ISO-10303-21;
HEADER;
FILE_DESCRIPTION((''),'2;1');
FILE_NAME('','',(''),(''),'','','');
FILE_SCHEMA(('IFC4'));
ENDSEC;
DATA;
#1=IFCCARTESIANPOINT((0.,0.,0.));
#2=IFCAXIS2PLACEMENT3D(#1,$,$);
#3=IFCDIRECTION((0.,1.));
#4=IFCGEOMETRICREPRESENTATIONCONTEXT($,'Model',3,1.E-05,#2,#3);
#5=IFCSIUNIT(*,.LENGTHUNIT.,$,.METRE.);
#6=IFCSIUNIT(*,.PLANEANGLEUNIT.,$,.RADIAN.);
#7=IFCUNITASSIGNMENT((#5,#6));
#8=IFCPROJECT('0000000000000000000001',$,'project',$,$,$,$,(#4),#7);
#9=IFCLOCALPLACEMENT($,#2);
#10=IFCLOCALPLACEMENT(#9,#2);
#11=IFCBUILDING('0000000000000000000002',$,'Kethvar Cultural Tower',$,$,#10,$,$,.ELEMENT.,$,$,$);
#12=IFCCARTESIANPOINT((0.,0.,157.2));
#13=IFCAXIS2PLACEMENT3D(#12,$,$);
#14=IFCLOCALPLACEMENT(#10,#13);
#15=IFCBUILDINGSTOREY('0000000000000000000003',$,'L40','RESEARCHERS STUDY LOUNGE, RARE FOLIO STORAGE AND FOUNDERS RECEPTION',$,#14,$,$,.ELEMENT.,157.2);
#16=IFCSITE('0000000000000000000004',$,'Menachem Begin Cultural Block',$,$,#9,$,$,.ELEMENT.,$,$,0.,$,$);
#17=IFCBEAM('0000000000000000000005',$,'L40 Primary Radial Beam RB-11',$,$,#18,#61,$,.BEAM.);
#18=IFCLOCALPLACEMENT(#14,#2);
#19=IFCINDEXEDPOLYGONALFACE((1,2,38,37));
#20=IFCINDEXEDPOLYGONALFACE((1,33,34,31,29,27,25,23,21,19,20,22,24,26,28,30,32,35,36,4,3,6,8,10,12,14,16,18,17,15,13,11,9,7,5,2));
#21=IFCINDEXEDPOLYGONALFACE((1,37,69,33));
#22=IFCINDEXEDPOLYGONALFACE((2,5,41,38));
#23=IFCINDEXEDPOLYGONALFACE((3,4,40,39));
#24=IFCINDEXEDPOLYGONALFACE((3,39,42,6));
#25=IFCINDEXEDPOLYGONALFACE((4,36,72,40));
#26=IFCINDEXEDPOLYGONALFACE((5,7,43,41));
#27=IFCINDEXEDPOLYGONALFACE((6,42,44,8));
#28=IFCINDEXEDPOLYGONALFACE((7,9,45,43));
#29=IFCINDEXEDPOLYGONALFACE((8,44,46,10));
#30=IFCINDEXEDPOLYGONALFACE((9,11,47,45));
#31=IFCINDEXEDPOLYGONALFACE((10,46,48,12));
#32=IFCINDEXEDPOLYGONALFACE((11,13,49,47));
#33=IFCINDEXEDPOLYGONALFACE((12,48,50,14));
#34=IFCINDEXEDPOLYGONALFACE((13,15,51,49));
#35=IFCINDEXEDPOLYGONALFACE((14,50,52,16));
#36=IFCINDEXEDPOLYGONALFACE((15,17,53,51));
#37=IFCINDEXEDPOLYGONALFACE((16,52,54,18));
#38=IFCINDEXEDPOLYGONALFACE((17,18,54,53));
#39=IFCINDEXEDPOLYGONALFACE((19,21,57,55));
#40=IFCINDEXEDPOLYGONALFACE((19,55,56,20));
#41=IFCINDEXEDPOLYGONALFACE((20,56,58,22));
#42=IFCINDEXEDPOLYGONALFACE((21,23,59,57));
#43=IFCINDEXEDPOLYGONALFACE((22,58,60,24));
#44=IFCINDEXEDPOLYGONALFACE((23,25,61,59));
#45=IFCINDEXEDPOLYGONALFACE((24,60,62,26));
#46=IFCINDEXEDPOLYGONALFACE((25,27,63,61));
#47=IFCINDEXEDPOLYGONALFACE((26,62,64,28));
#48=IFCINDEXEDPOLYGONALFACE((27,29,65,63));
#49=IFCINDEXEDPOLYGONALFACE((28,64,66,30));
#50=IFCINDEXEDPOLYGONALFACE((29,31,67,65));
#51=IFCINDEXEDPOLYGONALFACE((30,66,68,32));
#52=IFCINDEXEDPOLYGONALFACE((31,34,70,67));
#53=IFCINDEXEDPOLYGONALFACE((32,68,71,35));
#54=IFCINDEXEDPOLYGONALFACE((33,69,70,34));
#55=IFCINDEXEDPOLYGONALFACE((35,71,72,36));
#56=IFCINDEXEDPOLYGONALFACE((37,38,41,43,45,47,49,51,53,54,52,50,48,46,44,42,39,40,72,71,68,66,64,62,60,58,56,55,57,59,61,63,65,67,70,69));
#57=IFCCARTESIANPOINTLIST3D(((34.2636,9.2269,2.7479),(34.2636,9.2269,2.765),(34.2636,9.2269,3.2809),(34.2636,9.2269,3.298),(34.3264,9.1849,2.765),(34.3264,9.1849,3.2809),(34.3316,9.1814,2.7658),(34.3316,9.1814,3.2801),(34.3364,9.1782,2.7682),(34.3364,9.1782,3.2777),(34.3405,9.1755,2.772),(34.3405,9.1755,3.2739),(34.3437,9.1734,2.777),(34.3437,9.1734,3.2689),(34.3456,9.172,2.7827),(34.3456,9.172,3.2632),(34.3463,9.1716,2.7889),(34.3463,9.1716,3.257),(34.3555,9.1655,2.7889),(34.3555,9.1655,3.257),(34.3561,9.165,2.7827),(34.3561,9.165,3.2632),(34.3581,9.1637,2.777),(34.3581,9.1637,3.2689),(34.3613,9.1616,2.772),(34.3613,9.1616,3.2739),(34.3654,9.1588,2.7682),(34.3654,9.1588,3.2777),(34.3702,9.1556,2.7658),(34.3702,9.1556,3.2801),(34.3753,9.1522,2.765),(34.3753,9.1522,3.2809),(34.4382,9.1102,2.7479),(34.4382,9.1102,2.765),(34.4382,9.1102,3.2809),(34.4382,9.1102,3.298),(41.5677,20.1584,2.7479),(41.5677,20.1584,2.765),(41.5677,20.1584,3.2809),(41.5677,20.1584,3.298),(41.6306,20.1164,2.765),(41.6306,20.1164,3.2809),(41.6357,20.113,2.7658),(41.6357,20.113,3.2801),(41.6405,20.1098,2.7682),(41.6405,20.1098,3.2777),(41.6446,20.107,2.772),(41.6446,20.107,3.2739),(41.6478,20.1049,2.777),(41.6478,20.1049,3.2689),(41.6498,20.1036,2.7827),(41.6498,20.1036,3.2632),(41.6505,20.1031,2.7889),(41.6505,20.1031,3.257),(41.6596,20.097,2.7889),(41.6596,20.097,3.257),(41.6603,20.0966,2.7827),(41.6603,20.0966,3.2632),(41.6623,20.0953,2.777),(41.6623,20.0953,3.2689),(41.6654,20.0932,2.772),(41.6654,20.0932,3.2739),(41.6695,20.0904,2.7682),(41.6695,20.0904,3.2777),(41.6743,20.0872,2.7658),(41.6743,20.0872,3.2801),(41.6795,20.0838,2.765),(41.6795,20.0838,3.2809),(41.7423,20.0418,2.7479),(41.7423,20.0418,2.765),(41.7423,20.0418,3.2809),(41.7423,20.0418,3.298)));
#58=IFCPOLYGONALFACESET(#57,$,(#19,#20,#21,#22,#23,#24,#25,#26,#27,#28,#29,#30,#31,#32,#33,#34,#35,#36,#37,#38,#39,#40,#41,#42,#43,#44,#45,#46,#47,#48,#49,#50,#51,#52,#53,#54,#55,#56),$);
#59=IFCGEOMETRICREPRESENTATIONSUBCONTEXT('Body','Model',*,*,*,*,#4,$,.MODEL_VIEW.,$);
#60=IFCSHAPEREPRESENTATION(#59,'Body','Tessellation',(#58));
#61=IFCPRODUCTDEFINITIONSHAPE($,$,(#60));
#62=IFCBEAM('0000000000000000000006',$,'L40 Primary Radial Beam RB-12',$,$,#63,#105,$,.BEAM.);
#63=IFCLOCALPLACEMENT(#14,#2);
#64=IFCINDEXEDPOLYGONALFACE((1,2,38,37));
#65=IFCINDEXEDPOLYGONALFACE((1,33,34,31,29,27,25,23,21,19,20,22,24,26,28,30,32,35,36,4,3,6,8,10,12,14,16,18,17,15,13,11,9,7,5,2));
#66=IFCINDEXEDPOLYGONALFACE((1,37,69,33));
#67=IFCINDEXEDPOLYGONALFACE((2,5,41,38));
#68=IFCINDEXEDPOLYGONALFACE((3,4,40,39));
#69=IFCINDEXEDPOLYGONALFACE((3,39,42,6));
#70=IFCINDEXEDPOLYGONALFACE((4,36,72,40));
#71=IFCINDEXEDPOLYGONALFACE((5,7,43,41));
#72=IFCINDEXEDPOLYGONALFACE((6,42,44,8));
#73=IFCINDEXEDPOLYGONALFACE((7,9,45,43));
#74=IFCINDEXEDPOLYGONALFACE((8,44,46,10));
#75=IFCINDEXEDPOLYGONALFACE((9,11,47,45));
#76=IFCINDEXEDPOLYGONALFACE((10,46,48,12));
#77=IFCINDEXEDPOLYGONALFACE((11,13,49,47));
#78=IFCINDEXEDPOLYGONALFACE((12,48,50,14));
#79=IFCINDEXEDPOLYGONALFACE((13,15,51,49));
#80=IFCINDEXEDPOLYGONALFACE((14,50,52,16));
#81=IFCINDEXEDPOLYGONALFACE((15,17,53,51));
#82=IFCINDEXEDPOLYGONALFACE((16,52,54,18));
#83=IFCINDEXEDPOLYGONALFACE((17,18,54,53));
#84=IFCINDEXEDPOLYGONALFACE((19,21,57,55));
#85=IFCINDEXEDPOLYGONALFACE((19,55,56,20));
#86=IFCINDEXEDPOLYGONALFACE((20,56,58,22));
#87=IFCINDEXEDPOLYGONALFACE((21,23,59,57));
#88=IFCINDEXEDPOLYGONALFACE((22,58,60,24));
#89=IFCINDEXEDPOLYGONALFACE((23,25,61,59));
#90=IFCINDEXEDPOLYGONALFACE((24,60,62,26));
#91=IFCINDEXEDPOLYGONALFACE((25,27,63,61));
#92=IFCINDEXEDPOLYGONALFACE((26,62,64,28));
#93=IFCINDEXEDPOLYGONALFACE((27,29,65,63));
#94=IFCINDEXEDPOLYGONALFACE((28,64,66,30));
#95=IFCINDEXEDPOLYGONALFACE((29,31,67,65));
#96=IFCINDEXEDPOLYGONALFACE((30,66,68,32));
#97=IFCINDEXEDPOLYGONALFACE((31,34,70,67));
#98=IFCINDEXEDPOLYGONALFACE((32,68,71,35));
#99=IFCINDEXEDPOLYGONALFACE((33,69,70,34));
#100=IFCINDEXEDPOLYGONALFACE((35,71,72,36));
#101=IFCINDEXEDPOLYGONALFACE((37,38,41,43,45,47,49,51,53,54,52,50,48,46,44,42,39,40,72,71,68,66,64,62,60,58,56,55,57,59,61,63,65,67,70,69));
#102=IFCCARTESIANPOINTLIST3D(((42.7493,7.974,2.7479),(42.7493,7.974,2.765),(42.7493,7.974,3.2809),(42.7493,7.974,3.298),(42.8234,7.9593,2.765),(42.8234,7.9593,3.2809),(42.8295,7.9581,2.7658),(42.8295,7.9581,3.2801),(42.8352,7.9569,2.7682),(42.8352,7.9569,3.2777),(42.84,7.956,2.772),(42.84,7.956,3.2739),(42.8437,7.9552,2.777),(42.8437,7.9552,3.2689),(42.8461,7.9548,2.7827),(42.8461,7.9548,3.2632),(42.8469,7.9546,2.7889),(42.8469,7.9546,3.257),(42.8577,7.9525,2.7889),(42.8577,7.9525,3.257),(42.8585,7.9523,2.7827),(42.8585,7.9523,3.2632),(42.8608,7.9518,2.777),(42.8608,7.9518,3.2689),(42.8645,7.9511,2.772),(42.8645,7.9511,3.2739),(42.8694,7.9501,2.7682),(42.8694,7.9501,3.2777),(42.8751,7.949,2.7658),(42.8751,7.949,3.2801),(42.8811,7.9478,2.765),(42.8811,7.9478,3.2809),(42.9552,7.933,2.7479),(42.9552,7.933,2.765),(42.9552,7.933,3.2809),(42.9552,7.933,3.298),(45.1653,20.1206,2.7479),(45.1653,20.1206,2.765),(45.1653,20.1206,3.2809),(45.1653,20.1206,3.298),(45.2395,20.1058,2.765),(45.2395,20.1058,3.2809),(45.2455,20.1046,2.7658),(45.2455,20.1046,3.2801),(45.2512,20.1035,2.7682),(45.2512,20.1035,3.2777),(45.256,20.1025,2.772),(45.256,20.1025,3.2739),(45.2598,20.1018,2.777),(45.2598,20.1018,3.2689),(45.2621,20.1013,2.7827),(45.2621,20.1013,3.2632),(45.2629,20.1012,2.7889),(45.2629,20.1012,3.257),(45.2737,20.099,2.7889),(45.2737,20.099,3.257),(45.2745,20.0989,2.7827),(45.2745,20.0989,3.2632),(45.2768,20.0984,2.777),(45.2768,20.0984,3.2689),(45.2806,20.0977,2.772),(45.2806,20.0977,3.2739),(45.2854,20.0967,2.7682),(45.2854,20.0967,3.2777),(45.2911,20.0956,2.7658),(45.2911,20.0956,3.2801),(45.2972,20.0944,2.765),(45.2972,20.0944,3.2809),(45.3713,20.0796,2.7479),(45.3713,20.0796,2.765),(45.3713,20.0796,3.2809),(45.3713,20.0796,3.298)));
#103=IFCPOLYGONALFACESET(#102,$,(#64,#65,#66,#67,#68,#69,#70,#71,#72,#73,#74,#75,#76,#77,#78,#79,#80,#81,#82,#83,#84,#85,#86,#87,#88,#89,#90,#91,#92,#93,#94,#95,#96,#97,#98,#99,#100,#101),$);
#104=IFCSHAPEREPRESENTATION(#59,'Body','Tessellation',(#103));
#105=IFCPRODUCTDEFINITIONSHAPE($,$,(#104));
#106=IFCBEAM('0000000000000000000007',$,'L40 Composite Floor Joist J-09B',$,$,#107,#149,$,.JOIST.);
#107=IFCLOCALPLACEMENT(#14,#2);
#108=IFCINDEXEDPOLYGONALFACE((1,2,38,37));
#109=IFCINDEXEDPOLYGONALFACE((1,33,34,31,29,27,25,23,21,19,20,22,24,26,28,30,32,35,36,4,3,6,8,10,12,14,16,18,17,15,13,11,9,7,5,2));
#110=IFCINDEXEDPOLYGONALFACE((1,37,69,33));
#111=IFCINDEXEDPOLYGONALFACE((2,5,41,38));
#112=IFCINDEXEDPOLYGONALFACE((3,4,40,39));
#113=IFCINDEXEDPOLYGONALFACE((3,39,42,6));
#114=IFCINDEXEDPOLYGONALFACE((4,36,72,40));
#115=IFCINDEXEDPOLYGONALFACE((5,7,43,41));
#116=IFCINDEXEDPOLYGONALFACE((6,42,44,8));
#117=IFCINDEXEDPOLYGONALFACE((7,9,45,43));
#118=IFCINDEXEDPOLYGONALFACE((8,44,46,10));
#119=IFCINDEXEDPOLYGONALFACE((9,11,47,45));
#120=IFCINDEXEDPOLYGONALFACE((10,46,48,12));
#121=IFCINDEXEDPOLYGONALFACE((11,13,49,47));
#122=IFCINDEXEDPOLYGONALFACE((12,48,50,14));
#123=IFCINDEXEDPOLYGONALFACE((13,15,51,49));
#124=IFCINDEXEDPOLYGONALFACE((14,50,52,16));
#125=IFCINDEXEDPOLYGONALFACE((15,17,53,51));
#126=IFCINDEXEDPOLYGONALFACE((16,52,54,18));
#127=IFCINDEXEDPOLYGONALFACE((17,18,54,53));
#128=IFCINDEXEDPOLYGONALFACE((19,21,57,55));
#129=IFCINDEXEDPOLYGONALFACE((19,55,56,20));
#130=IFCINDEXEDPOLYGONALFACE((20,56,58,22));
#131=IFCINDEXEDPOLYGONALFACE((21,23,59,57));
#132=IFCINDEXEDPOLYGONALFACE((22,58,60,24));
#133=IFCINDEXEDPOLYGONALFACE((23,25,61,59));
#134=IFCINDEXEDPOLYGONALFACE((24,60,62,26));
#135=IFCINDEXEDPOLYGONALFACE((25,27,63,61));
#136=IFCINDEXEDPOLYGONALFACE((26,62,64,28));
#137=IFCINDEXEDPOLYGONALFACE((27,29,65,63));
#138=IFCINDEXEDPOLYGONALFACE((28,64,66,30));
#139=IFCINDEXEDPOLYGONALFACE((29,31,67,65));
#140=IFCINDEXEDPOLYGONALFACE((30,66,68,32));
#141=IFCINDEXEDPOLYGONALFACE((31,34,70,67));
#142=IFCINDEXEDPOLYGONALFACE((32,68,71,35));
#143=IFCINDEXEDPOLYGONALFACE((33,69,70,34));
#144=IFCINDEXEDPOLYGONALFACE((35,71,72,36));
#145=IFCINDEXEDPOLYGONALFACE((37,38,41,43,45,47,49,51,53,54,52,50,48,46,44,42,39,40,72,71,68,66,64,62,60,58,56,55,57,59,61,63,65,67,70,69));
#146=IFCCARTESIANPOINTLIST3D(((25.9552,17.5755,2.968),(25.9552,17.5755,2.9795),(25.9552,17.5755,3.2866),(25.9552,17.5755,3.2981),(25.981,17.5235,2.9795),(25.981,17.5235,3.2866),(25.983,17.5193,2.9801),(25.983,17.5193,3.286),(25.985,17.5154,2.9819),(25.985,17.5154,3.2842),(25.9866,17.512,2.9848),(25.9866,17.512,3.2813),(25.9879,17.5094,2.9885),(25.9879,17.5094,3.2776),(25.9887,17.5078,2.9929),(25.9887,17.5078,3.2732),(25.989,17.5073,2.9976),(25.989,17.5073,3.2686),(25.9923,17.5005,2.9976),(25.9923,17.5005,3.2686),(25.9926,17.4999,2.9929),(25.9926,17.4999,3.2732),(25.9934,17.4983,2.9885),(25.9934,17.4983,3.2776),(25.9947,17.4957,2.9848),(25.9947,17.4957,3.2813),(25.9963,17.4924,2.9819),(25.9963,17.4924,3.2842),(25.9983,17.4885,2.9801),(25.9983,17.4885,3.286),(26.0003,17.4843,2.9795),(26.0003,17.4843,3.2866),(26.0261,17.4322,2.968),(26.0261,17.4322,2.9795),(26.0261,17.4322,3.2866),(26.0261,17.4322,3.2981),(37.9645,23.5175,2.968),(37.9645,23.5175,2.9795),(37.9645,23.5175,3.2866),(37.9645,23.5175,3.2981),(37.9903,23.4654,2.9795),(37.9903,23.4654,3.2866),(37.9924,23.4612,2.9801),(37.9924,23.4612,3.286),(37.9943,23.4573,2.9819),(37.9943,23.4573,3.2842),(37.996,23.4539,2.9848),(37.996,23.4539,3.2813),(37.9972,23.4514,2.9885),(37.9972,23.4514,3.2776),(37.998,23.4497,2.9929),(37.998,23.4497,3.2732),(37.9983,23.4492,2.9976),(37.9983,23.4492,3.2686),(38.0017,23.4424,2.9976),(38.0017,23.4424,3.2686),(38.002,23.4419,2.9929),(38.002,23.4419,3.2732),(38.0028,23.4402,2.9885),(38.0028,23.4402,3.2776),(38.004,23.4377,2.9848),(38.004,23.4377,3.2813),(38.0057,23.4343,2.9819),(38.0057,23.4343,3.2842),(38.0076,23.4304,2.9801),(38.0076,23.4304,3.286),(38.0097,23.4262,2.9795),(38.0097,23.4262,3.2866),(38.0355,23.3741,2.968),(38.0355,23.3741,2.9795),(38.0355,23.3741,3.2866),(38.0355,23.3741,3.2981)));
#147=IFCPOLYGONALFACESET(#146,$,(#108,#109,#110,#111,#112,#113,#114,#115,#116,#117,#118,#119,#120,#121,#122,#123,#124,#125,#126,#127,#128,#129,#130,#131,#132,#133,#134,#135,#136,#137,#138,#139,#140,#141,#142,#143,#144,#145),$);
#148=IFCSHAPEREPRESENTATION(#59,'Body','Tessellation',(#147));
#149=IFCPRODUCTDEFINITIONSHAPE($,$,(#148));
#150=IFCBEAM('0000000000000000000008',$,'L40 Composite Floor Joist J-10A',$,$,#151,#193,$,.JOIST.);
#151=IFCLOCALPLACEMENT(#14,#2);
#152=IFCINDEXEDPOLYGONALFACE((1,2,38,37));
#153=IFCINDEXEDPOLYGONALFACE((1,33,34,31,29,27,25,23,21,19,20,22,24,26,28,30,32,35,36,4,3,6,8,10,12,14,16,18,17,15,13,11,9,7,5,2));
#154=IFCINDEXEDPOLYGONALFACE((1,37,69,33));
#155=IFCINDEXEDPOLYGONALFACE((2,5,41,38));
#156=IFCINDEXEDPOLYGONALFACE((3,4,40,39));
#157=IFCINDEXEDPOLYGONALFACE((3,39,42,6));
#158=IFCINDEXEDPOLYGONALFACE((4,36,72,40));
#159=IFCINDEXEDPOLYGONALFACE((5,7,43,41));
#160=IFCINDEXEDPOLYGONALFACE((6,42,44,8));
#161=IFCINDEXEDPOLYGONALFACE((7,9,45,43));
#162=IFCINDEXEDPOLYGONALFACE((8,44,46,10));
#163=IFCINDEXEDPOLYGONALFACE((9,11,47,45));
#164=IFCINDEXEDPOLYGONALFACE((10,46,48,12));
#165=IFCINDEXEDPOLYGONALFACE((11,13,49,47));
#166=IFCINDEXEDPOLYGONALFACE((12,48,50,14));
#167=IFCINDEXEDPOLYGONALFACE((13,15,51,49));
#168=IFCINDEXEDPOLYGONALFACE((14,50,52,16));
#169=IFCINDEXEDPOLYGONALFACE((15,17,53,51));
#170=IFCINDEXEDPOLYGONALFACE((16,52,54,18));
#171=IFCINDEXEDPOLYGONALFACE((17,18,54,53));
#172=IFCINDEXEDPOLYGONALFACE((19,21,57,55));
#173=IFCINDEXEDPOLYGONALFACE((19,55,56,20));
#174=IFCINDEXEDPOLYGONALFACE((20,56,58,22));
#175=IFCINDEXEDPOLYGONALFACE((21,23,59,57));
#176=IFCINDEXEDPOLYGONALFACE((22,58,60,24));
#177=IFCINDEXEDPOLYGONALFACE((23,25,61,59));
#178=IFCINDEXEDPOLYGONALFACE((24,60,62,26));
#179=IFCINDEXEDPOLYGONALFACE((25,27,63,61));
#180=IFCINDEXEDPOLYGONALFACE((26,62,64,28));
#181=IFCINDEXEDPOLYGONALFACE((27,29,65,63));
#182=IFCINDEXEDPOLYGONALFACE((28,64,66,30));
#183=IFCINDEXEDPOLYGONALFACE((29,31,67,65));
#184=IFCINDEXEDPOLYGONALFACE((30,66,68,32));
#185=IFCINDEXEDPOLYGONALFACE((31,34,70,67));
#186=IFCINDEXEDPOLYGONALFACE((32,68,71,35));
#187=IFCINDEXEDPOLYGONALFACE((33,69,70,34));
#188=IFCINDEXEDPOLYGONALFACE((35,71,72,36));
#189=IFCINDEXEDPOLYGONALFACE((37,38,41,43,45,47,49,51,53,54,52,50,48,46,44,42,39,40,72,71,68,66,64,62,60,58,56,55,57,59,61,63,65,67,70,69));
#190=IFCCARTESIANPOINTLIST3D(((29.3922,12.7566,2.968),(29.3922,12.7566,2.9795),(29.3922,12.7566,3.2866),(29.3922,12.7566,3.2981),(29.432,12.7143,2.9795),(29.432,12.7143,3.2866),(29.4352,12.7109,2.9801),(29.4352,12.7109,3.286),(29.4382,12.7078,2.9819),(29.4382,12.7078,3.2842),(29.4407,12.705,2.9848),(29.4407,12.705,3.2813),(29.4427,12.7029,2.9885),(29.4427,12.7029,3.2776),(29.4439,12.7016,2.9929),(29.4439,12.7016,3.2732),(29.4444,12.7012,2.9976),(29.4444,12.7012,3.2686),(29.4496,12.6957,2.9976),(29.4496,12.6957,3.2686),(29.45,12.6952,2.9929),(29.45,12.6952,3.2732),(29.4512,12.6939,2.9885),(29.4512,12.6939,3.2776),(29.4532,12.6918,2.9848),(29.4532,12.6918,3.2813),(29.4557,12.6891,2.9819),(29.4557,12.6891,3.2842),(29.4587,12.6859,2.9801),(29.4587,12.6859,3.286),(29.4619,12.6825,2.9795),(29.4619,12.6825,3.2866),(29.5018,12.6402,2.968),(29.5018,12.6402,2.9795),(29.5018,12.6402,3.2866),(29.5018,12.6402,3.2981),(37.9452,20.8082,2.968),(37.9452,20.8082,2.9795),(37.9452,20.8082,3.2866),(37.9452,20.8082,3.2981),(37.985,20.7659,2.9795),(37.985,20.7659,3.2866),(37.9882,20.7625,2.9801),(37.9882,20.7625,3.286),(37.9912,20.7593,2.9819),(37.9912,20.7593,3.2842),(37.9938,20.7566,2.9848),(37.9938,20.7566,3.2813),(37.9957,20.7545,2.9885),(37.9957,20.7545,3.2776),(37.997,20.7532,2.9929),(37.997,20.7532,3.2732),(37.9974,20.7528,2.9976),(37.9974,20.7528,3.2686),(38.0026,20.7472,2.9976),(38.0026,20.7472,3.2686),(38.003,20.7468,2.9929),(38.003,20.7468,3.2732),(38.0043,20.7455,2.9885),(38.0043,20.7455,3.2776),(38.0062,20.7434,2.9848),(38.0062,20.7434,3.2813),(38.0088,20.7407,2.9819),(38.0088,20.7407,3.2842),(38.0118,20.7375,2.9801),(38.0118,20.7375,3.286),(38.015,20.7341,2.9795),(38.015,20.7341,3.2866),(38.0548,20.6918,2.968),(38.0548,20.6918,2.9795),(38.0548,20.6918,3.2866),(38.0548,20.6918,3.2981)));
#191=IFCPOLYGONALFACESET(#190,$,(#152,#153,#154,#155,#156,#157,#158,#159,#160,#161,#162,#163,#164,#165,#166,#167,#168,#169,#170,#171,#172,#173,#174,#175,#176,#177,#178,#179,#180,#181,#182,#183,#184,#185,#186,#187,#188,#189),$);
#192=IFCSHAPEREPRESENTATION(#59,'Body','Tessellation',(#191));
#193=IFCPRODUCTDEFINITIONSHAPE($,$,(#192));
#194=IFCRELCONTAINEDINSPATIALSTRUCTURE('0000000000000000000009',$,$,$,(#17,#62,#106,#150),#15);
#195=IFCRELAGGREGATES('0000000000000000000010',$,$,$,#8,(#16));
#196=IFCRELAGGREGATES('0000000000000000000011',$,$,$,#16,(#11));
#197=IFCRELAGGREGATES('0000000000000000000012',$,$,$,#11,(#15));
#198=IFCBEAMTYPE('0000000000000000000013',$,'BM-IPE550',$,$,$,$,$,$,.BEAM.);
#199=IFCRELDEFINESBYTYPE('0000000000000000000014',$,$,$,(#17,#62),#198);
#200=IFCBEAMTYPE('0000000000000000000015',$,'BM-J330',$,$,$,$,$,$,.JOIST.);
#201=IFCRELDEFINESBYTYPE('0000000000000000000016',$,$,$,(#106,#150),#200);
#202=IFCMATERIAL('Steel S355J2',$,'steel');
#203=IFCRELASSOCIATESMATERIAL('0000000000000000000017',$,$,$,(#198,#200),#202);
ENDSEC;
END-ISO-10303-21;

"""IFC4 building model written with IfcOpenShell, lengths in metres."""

from ifc_helpers import new_model, si_unit, direction, frame, origin, origin_2d, place, context, subcontext, project, spatial, i_section, extrude, source, transform, mapped, material, material_profile, profile_set, type_object, element, save


model = new_model("IFC4")

# Units and contexts
model_context = context("Model", 3, precision=1e-05, world=origin(), true_north=direction((0.0, 1.0)))
body_context = subcontext(model_context, "Body", "Model", "MODEL_VIEW")
ifc_project = project(units=[si_unit("LENGTHUNIT", "METRE"), si_unit("PLANEANGLEUNIT", "RADIAN")], contexts=[model_context])

# Site, building, storey
site_placement = place(None, origin())
site = spatial("IfcSite", under=ifc_project, at=site_placement, Name="Menachem Begin Cultural Block", CompositionType="ELEMENT", RefElevation=0.0)
building_placement = place(site_placement, origin())
building = spatial("IfcBuilding", under=site, at=building_placement, Name="Kethvar Cultural Tower", CompositionType="ELEMENT")
storey_placement = place(building_placement, frame((0.0, 0.0, 157.2)))
storey = spatial("IfcBuildingStorey", under=building, at=storey_placement, Name="L40", Description="RESEARCHERS STUDY LOUNGE, RARE FOLIO STORAGE AND FOUNDERS RECEPTION", CompositionType="ELEMENT", Elevation=157.2)

# Beams
ifc_material_1 = material(Name="Steel S355J2", Category="steel")
ifc_material_profile_1 = material_profile(ifc_material_1, i_section(OverallWidth=0.21, OverallDepth=0.55, WebThickness=0.011, FlangeThickness=0.0171, FilletRadius=0.0239, at=origin_2d()), Name="Steel S355J2 — IPE550")
ifc_profile_set_1 = profile_set([ifc_material_profile_1], Name="Steel S355J2 — IPE550")
beam_type_1 = type_object("IfcBeamType", Name="BM-IPE550", PredefinedType="BEAM", material=ifc_profile_set_1)
shared_shape_1 = source(origin(), body_context, "Body", "SweptSolid", [
    extrude(i_section(OverallWidth=0.21, OverallDepth=0.55, WebThickness=0.011, FlangeThickness=0.0171, FilletRadius=0.0239, at=origin_2d()), origin(), (0.0, 0.0, 1.0), 13.1472),
])
beam_1_placement = place(storey_placement, frame((41.655, 20.1001, 3.0229), z_axis=(-0.555566, -0.831473, 0.0), x_axis=(0.831473, -0.555566, 0.0)))
element("IfcBeam", 1, at=beam_1_placement, inside=storey, type_object=beam_type_1, Name="L40 Primary Radial Beam RB-11", PredefinedType="BEAM", context=body_context, shape_type="MappedRepresentation", body=[
    mapped(shared_shape_1, transform((0.0, 0.0, 0.0), scale=1.0)),
])
shared_shape_2 = source(origin(), body_context, "Body", "SweptSolid", [
    extrude(i_section(OverallWidth=0.21, OverallDepth=0.55, WebThickness=0.011, FlangeThickness=0.0171, FilletRadius=0.0239, at=origin_2d()), origin(), (0.0, 0.0, 1.0), 12.3845),
])
beam_2_placement = place(storey_placement, frame((45.2683, 20.1001, 3.0229), z_axis=(-0.195085, -0.980786, 0.0), x_axis=(0.980786, -0.195085, 0.0)))
element("IfcBeam", 2, at=beam_2_placement, inside=storey, type_object=beam_type_1, Name="L40 Primary Radial Beam RB-12", PredefinedType="BEAM", context=body_context, shape_type="MappedRepresentation", body=[
    mapped(shared_shape_2, transform((0.0, 0.0, 0.0), scale=1.0)),
])
ifc_material_profile_2 = material_profile(ifc_material_1, i_section(OverallWidth=0.1599, OverallDepth=0.3301, WebThickness=0.0076, FlangeThickness=0.0115, FilletRadius=0.0181, at=origin_2d()), Name="Steel S355J2 — IPE330")
ifc_profile_set_2 = profile_set([ifc_material_profile_2], Name="Steel S355J2 — IPE330")
beam_type_2 = type_object("IfcBeamType", Name="BM-J330", PredefinedType="JOIST", material=ifc_profile_set_2)
shared_shape_3 = source(origin(), body_context, "Body", "SweptSolid", [
    extrude(i_section(OverallWidth=0.1599, OverallDepth=0.3301, WebThickness=0.0076, FlangeThickness=0.0115, FilletRadius=0.0181, at=origin_2d()), origin(), (0.0, 0.0, 1.0), 13.3989),
])
beam_3_placement = place(storey_placement, frame((38.0, 23.4458, 3.1331), z_axis=(-0.896292, -0.443463, 0.0), x_axis=(0.443463, -0.896292, 0.0)))
element("IfcBeam", 3, at=beam_3_placement, inside=storey, type_object=beam_type_2, Name="L40 Composite Floor Joist J-09B", PredefinedType="JOIST", context=body_context, shape_type="MappedRepresentation", body=[
    mapped(shared_shape_3, transform((0.0, 0.0, 0.0), scale=1.0)),
])
shared_shape_4 = source(origin(), body_context, "Body", "SweptSolid", [
    extrude(i_section(OverallWidth=0.1599, OverallDepth=0.3301, WebThickness=0.0076, FlangeThickness=0.0115, FilletRadius=0.0181, at=origin_2d()), origin(), (0.0, 0.0, 1.0), 11.7466),
])
beam_4_placement = place(storey_placement, frame((38.0, 20.75, 3.1331), z_axis=(-0.72813, -0.685439, 0.0), x_axis=(0.685439, -0.72813, 0.0)))
element("IfcBeam", 4, at=beam_4_placement, inside=storey, type_object=beam_type_2, Name="L40 Composite Floor Joist J-10A", PredefinedType="JOIST", context=body_context, shape_type="MappedRepresentation", body=[
    mapped(shared_shape_4, transform((0.0, 0.0, 0.0), scale=1.0)),
])

save(model, "model.ifc")
